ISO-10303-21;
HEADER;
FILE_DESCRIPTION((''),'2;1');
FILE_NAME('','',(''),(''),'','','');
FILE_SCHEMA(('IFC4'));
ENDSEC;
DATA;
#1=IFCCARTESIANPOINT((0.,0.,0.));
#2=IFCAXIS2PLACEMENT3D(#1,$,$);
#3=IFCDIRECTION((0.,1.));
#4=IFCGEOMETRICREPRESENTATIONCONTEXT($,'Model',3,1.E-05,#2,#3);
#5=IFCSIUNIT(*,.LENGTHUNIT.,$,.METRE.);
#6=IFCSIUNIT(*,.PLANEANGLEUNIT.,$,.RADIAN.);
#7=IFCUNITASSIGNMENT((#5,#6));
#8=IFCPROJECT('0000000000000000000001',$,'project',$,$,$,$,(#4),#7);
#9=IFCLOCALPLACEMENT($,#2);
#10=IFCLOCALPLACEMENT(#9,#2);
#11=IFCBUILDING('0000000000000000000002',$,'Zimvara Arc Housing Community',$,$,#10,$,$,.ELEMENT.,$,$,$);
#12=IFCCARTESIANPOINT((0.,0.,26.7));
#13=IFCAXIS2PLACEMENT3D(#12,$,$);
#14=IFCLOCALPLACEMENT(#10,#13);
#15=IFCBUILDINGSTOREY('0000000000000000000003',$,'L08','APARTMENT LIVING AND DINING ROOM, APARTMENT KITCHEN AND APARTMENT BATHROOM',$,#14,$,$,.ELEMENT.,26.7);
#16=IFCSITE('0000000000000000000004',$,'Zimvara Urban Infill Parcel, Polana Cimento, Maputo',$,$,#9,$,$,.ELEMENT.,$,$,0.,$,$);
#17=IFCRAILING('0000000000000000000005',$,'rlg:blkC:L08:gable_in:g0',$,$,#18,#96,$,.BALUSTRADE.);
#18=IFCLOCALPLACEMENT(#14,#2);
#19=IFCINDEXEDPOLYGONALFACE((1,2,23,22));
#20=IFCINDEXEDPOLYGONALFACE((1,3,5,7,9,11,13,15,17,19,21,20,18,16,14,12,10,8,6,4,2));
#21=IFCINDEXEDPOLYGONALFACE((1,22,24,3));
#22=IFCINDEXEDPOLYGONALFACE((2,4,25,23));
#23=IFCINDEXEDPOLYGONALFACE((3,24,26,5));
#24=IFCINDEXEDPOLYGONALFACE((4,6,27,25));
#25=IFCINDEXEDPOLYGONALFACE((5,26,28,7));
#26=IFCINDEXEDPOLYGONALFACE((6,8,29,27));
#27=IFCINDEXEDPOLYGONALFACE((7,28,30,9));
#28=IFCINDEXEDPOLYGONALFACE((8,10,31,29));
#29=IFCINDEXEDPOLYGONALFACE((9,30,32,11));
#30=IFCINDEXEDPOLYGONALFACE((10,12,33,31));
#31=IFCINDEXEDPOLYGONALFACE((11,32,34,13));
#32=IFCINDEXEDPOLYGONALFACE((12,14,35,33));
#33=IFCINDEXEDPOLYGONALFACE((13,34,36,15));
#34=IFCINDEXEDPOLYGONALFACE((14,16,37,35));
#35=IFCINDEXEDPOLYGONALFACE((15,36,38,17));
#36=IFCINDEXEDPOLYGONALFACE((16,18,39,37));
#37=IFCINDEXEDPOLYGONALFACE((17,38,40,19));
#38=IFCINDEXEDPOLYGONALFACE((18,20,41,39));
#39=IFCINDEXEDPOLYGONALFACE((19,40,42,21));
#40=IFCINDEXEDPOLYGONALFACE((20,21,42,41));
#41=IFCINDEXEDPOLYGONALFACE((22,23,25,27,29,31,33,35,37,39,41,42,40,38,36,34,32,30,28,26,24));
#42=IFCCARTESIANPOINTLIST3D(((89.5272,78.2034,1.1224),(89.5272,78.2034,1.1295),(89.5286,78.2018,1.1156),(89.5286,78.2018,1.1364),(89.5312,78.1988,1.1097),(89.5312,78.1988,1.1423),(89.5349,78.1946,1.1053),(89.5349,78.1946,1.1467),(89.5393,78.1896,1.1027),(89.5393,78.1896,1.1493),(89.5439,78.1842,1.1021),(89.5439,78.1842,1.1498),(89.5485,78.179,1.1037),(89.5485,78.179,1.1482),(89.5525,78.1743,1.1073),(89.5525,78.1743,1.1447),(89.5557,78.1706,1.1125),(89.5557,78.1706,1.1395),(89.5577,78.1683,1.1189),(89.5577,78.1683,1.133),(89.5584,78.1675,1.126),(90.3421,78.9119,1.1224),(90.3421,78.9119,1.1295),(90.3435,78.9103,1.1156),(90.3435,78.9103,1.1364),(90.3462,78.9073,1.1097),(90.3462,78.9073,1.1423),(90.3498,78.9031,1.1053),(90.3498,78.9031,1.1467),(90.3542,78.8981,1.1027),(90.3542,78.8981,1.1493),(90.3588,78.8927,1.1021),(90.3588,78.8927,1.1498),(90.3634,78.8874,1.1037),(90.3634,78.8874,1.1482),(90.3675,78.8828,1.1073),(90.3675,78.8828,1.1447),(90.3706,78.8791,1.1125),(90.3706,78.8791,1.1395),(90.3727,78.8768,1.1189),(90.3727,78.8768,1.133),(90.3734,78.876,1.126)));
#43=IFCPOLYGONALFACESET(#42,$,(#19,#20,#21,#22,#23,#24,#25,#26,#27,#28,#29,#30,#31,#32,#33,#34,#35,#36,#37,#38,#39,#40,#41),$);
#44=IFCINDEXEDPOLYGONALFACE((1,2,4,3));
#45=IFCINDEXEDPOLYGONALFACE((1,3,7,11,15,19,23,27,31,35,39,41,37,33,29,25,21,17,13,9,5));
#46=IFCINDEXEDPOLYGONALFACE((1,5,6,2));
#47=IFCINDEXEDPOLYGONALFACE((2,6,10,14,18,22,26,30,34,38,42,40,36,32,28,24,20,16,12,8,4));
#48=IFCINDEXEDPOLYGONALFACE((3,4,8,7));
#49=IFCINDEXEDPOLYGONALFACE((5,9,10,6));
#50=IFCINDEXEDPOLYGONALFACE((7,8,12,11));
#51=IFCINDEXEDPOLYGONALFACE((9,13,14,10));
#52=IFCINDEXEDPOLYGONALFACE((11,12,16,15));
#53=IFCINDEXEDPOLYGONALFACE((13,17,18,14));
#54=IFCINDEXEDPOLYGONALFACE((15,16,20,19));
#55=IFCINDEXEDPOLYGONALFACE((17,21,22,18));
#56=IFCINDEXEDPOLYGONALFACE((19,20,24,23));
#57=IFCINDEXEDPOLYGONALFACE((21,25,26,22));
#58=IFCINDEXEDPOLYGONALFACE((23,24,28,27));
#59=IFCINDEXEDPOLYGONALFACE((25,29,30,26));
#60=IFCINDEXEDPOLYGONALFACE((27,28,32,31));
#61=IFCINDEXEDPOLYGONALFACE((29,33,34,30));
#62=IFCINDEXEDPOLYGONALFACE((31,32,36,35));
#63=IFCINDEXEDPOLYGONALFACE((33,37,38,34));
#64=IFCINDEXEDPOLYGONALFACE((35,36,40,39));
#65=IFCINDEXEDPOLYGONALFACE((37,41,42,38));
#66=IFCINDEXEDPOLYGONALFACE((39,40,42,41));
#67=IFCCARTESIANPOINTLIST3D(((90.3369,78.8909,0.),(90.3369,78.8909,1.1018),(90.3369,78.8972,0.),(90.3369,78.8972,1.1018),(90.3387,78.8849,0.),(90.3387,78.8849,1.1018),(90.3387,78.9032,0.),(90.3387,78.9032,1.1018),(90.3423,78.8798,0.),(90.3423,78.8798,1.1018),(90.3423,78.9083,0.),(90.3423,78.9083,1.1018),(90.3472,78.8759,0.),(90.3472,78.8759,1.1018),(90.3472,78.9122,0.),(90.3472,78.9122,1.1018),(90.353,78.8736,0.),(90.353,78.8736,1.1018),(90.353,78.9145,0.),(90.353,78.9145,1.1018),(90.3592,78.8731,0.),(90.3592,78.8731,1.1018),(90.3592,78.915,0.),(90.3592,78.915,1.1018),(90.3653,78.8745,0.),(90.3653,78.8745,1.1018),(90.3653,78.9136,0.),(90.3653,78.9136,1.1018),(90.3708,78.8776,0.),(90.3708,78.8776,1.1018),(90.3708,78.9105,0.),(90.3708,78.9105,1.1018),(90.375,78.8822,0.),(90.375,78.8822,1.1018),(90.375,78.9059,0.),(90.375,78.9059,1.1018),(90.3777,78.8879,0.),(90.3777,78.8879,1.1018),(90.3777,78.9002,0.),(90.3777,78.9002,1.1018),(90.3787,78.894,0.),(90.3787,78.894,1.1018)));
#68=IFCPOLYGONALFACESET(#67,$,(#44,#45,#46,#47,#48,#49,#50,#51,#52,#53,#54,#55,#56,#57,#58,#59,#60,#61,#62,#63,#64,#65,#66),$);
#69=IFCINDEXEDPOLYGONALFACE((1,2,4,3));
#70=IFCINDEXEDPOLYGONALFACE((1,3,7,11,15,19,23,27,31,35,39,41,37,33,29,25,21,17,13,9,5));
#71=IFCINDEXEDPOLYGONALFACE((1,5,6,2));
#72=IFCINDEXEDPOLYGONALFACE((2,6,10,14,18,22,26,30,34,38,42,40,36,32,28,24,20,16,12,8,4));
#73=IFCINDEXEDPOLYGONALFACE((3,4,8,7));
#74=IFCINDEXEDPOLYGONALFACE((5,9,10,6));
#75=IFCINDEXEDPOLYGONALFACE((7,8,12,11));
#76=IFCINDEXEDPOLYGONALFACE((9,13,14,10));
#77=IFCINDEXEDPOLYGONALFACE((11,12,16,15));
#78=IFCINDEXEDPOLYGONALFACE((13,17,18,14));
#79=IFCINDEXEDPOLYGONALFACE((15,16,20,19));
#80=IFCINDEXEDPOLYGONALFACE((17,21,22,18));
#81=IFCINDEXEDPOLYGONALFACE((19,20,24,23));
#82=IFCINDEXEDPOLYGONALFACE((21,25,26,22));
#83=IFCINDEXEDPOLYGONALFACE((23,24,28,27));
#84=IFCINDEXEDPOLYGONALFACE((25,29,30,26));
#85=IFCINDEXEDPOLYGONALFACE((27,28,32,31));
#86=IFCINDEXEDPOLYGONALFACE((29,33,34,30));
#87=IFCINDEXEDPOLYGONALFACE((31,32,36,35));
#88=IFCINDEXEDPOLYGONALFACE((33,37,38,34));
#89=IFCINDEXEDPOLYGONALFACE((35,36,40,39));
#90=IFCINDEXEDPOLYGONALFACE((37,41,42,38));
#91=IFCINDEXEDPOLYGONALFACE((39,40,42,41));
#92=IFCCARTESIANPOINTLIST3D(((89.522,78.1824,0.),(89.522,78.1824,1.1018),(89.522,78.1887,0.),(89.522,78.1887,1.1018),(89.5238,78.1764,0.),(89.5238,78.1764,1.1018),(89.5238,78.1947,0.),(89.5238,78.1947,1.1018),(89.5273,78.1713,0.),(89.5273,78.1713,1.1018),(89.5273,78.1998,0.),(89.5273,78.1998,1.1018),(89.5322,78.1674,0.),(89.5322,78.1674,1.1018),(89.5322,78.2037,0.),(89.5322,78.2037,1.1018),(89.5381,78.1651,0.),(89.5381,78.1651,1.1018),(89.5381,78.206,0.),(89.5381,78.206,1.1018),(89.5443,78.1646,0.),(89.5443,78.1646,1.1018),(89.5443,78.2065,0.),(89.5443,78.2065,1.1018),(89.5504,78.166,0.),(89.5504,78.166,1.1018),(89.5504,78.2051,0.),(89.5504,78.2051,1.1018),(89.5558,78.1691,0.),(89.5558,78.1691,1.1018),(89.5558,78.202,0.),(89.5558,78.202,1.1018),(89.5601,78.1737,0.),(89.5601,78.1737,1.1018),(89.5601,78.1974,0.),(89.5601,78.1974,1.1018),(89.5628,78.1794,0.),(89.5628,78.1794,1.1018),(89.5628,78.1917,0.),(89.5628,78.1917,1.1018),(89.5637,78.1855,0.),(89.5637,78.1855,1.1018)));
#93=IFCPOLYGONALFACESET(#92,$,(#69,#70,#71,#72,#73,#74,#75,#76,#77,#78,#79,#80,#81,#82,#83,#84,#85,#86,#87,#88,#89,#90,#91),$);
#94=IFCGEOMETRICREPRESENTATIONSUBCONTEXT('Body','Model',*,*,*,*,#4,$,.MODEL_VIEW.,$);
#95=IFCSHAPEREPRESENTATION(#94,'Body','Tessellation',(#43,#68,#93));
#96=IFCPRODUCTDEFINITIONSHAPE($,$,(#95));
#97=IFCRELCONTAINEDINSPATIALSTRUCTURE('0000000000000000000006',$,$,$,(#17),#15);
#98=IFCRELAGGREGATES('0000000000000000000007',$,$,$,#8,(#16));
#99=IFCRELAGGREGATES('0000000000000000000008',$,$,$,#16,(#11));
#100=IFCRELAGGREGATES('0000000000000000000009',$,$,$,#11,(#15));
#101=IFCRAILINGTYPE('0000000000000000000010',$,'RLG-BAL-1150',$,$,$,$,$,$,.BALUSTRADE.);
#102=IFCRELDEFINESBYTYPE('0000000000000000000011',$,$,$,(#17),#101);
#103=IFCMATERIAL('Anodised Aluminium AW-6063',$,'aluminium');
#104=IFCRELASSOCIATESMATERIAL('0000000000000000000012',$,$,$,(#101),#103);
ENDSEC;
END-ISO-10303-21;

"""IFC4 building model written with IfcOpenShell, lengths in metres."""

from ifc_helpers import new_model, si_unit, direction, frame, origin, origin_2d, place, context, subcontext, project, spatial, circle, extrude, material, type_object, element, save


model = new_model("IFC4")

# Units and contexts
model_context = context("Model", 3, precision=1e-05, world=origin(), true_north=direction((0.0, 1.0)))
body_context = subcontext(model_context, "Body", "Model", "MODEL_VIEW")
ifc_project = project(units=[si_unit("LENGTHUNIT", "METRE"), si_unit("PLANEANGLEUNIT", "RADIAN")], contexts=[model_context])

# Site, building, storey
site_placement = place(None, origin())
site = spatial("IfcSite", under=ifc_project, at=site_placement, Name="Zimvara Urban Infill Parcel, Polana Cimento, Maputo", CompositionType="ELEMENT", RefElevation=0.0)
building_placement = place(site_placement, origin())
building = spatial("IfcBuilding", under=site, at=building_placement, Name="Zimvara Arc Housing Community", CompositionType="ELEMENT")
storey_placement = place(building_placement, frame((0.0, 0.0, 26.7)))
storey = spatial("IfcBuildingStorey", under=building, at=storey_placement, Name="L08", Description="APARTMENT LIVING AND DINING ROOM, APARTMENT KITCHEN AND APARTMENT BATHROOM", CompositionType="ELEMENT", Elevation=26.7)

# Railing
ifc_material_1 = material(Name="Anodised Aluminium AW-6063", Category="aluminium")
railing_type = type_object("IfcRailingType", Name="RLG-BAL-1150", PredefinedType="BALUSTRADE", material=ifc_material_1)
railing_placement = place(storey_placement, frame((90.3577, 78.894, 0.0)))
element("IfcRailing", 1, at=railing_placement, inside=storey, type_object=railing_type, Name="rlg:blkC:L08:gable_in:g0", PredefinedType="BALUSTRADE", context=body_context, shape_type="SweptSolid", body=[
    extrude(circle(Radius=0.0239, at=origin_2d()), frame((0.0, 0.0, 1.126), z_axis=(-0.754674, -0.6561, 0.0), x_axis=(0.6561, -0.754674, 0.0)), (0.0, 0.0, 1.0), 1.0798),
    extrude(circle(Radius=0.021, at=origin_2d()), origin(), (0.0, 0.0, 1.0), 1.1018),
    extrude(circle(Radius=0.021, at=origin_2d()), frame((-0.8149, -0.7085, 0.0)), (0.0, 0.0, 1.0), 1.1018),
])

save(model, "model.ifc")
